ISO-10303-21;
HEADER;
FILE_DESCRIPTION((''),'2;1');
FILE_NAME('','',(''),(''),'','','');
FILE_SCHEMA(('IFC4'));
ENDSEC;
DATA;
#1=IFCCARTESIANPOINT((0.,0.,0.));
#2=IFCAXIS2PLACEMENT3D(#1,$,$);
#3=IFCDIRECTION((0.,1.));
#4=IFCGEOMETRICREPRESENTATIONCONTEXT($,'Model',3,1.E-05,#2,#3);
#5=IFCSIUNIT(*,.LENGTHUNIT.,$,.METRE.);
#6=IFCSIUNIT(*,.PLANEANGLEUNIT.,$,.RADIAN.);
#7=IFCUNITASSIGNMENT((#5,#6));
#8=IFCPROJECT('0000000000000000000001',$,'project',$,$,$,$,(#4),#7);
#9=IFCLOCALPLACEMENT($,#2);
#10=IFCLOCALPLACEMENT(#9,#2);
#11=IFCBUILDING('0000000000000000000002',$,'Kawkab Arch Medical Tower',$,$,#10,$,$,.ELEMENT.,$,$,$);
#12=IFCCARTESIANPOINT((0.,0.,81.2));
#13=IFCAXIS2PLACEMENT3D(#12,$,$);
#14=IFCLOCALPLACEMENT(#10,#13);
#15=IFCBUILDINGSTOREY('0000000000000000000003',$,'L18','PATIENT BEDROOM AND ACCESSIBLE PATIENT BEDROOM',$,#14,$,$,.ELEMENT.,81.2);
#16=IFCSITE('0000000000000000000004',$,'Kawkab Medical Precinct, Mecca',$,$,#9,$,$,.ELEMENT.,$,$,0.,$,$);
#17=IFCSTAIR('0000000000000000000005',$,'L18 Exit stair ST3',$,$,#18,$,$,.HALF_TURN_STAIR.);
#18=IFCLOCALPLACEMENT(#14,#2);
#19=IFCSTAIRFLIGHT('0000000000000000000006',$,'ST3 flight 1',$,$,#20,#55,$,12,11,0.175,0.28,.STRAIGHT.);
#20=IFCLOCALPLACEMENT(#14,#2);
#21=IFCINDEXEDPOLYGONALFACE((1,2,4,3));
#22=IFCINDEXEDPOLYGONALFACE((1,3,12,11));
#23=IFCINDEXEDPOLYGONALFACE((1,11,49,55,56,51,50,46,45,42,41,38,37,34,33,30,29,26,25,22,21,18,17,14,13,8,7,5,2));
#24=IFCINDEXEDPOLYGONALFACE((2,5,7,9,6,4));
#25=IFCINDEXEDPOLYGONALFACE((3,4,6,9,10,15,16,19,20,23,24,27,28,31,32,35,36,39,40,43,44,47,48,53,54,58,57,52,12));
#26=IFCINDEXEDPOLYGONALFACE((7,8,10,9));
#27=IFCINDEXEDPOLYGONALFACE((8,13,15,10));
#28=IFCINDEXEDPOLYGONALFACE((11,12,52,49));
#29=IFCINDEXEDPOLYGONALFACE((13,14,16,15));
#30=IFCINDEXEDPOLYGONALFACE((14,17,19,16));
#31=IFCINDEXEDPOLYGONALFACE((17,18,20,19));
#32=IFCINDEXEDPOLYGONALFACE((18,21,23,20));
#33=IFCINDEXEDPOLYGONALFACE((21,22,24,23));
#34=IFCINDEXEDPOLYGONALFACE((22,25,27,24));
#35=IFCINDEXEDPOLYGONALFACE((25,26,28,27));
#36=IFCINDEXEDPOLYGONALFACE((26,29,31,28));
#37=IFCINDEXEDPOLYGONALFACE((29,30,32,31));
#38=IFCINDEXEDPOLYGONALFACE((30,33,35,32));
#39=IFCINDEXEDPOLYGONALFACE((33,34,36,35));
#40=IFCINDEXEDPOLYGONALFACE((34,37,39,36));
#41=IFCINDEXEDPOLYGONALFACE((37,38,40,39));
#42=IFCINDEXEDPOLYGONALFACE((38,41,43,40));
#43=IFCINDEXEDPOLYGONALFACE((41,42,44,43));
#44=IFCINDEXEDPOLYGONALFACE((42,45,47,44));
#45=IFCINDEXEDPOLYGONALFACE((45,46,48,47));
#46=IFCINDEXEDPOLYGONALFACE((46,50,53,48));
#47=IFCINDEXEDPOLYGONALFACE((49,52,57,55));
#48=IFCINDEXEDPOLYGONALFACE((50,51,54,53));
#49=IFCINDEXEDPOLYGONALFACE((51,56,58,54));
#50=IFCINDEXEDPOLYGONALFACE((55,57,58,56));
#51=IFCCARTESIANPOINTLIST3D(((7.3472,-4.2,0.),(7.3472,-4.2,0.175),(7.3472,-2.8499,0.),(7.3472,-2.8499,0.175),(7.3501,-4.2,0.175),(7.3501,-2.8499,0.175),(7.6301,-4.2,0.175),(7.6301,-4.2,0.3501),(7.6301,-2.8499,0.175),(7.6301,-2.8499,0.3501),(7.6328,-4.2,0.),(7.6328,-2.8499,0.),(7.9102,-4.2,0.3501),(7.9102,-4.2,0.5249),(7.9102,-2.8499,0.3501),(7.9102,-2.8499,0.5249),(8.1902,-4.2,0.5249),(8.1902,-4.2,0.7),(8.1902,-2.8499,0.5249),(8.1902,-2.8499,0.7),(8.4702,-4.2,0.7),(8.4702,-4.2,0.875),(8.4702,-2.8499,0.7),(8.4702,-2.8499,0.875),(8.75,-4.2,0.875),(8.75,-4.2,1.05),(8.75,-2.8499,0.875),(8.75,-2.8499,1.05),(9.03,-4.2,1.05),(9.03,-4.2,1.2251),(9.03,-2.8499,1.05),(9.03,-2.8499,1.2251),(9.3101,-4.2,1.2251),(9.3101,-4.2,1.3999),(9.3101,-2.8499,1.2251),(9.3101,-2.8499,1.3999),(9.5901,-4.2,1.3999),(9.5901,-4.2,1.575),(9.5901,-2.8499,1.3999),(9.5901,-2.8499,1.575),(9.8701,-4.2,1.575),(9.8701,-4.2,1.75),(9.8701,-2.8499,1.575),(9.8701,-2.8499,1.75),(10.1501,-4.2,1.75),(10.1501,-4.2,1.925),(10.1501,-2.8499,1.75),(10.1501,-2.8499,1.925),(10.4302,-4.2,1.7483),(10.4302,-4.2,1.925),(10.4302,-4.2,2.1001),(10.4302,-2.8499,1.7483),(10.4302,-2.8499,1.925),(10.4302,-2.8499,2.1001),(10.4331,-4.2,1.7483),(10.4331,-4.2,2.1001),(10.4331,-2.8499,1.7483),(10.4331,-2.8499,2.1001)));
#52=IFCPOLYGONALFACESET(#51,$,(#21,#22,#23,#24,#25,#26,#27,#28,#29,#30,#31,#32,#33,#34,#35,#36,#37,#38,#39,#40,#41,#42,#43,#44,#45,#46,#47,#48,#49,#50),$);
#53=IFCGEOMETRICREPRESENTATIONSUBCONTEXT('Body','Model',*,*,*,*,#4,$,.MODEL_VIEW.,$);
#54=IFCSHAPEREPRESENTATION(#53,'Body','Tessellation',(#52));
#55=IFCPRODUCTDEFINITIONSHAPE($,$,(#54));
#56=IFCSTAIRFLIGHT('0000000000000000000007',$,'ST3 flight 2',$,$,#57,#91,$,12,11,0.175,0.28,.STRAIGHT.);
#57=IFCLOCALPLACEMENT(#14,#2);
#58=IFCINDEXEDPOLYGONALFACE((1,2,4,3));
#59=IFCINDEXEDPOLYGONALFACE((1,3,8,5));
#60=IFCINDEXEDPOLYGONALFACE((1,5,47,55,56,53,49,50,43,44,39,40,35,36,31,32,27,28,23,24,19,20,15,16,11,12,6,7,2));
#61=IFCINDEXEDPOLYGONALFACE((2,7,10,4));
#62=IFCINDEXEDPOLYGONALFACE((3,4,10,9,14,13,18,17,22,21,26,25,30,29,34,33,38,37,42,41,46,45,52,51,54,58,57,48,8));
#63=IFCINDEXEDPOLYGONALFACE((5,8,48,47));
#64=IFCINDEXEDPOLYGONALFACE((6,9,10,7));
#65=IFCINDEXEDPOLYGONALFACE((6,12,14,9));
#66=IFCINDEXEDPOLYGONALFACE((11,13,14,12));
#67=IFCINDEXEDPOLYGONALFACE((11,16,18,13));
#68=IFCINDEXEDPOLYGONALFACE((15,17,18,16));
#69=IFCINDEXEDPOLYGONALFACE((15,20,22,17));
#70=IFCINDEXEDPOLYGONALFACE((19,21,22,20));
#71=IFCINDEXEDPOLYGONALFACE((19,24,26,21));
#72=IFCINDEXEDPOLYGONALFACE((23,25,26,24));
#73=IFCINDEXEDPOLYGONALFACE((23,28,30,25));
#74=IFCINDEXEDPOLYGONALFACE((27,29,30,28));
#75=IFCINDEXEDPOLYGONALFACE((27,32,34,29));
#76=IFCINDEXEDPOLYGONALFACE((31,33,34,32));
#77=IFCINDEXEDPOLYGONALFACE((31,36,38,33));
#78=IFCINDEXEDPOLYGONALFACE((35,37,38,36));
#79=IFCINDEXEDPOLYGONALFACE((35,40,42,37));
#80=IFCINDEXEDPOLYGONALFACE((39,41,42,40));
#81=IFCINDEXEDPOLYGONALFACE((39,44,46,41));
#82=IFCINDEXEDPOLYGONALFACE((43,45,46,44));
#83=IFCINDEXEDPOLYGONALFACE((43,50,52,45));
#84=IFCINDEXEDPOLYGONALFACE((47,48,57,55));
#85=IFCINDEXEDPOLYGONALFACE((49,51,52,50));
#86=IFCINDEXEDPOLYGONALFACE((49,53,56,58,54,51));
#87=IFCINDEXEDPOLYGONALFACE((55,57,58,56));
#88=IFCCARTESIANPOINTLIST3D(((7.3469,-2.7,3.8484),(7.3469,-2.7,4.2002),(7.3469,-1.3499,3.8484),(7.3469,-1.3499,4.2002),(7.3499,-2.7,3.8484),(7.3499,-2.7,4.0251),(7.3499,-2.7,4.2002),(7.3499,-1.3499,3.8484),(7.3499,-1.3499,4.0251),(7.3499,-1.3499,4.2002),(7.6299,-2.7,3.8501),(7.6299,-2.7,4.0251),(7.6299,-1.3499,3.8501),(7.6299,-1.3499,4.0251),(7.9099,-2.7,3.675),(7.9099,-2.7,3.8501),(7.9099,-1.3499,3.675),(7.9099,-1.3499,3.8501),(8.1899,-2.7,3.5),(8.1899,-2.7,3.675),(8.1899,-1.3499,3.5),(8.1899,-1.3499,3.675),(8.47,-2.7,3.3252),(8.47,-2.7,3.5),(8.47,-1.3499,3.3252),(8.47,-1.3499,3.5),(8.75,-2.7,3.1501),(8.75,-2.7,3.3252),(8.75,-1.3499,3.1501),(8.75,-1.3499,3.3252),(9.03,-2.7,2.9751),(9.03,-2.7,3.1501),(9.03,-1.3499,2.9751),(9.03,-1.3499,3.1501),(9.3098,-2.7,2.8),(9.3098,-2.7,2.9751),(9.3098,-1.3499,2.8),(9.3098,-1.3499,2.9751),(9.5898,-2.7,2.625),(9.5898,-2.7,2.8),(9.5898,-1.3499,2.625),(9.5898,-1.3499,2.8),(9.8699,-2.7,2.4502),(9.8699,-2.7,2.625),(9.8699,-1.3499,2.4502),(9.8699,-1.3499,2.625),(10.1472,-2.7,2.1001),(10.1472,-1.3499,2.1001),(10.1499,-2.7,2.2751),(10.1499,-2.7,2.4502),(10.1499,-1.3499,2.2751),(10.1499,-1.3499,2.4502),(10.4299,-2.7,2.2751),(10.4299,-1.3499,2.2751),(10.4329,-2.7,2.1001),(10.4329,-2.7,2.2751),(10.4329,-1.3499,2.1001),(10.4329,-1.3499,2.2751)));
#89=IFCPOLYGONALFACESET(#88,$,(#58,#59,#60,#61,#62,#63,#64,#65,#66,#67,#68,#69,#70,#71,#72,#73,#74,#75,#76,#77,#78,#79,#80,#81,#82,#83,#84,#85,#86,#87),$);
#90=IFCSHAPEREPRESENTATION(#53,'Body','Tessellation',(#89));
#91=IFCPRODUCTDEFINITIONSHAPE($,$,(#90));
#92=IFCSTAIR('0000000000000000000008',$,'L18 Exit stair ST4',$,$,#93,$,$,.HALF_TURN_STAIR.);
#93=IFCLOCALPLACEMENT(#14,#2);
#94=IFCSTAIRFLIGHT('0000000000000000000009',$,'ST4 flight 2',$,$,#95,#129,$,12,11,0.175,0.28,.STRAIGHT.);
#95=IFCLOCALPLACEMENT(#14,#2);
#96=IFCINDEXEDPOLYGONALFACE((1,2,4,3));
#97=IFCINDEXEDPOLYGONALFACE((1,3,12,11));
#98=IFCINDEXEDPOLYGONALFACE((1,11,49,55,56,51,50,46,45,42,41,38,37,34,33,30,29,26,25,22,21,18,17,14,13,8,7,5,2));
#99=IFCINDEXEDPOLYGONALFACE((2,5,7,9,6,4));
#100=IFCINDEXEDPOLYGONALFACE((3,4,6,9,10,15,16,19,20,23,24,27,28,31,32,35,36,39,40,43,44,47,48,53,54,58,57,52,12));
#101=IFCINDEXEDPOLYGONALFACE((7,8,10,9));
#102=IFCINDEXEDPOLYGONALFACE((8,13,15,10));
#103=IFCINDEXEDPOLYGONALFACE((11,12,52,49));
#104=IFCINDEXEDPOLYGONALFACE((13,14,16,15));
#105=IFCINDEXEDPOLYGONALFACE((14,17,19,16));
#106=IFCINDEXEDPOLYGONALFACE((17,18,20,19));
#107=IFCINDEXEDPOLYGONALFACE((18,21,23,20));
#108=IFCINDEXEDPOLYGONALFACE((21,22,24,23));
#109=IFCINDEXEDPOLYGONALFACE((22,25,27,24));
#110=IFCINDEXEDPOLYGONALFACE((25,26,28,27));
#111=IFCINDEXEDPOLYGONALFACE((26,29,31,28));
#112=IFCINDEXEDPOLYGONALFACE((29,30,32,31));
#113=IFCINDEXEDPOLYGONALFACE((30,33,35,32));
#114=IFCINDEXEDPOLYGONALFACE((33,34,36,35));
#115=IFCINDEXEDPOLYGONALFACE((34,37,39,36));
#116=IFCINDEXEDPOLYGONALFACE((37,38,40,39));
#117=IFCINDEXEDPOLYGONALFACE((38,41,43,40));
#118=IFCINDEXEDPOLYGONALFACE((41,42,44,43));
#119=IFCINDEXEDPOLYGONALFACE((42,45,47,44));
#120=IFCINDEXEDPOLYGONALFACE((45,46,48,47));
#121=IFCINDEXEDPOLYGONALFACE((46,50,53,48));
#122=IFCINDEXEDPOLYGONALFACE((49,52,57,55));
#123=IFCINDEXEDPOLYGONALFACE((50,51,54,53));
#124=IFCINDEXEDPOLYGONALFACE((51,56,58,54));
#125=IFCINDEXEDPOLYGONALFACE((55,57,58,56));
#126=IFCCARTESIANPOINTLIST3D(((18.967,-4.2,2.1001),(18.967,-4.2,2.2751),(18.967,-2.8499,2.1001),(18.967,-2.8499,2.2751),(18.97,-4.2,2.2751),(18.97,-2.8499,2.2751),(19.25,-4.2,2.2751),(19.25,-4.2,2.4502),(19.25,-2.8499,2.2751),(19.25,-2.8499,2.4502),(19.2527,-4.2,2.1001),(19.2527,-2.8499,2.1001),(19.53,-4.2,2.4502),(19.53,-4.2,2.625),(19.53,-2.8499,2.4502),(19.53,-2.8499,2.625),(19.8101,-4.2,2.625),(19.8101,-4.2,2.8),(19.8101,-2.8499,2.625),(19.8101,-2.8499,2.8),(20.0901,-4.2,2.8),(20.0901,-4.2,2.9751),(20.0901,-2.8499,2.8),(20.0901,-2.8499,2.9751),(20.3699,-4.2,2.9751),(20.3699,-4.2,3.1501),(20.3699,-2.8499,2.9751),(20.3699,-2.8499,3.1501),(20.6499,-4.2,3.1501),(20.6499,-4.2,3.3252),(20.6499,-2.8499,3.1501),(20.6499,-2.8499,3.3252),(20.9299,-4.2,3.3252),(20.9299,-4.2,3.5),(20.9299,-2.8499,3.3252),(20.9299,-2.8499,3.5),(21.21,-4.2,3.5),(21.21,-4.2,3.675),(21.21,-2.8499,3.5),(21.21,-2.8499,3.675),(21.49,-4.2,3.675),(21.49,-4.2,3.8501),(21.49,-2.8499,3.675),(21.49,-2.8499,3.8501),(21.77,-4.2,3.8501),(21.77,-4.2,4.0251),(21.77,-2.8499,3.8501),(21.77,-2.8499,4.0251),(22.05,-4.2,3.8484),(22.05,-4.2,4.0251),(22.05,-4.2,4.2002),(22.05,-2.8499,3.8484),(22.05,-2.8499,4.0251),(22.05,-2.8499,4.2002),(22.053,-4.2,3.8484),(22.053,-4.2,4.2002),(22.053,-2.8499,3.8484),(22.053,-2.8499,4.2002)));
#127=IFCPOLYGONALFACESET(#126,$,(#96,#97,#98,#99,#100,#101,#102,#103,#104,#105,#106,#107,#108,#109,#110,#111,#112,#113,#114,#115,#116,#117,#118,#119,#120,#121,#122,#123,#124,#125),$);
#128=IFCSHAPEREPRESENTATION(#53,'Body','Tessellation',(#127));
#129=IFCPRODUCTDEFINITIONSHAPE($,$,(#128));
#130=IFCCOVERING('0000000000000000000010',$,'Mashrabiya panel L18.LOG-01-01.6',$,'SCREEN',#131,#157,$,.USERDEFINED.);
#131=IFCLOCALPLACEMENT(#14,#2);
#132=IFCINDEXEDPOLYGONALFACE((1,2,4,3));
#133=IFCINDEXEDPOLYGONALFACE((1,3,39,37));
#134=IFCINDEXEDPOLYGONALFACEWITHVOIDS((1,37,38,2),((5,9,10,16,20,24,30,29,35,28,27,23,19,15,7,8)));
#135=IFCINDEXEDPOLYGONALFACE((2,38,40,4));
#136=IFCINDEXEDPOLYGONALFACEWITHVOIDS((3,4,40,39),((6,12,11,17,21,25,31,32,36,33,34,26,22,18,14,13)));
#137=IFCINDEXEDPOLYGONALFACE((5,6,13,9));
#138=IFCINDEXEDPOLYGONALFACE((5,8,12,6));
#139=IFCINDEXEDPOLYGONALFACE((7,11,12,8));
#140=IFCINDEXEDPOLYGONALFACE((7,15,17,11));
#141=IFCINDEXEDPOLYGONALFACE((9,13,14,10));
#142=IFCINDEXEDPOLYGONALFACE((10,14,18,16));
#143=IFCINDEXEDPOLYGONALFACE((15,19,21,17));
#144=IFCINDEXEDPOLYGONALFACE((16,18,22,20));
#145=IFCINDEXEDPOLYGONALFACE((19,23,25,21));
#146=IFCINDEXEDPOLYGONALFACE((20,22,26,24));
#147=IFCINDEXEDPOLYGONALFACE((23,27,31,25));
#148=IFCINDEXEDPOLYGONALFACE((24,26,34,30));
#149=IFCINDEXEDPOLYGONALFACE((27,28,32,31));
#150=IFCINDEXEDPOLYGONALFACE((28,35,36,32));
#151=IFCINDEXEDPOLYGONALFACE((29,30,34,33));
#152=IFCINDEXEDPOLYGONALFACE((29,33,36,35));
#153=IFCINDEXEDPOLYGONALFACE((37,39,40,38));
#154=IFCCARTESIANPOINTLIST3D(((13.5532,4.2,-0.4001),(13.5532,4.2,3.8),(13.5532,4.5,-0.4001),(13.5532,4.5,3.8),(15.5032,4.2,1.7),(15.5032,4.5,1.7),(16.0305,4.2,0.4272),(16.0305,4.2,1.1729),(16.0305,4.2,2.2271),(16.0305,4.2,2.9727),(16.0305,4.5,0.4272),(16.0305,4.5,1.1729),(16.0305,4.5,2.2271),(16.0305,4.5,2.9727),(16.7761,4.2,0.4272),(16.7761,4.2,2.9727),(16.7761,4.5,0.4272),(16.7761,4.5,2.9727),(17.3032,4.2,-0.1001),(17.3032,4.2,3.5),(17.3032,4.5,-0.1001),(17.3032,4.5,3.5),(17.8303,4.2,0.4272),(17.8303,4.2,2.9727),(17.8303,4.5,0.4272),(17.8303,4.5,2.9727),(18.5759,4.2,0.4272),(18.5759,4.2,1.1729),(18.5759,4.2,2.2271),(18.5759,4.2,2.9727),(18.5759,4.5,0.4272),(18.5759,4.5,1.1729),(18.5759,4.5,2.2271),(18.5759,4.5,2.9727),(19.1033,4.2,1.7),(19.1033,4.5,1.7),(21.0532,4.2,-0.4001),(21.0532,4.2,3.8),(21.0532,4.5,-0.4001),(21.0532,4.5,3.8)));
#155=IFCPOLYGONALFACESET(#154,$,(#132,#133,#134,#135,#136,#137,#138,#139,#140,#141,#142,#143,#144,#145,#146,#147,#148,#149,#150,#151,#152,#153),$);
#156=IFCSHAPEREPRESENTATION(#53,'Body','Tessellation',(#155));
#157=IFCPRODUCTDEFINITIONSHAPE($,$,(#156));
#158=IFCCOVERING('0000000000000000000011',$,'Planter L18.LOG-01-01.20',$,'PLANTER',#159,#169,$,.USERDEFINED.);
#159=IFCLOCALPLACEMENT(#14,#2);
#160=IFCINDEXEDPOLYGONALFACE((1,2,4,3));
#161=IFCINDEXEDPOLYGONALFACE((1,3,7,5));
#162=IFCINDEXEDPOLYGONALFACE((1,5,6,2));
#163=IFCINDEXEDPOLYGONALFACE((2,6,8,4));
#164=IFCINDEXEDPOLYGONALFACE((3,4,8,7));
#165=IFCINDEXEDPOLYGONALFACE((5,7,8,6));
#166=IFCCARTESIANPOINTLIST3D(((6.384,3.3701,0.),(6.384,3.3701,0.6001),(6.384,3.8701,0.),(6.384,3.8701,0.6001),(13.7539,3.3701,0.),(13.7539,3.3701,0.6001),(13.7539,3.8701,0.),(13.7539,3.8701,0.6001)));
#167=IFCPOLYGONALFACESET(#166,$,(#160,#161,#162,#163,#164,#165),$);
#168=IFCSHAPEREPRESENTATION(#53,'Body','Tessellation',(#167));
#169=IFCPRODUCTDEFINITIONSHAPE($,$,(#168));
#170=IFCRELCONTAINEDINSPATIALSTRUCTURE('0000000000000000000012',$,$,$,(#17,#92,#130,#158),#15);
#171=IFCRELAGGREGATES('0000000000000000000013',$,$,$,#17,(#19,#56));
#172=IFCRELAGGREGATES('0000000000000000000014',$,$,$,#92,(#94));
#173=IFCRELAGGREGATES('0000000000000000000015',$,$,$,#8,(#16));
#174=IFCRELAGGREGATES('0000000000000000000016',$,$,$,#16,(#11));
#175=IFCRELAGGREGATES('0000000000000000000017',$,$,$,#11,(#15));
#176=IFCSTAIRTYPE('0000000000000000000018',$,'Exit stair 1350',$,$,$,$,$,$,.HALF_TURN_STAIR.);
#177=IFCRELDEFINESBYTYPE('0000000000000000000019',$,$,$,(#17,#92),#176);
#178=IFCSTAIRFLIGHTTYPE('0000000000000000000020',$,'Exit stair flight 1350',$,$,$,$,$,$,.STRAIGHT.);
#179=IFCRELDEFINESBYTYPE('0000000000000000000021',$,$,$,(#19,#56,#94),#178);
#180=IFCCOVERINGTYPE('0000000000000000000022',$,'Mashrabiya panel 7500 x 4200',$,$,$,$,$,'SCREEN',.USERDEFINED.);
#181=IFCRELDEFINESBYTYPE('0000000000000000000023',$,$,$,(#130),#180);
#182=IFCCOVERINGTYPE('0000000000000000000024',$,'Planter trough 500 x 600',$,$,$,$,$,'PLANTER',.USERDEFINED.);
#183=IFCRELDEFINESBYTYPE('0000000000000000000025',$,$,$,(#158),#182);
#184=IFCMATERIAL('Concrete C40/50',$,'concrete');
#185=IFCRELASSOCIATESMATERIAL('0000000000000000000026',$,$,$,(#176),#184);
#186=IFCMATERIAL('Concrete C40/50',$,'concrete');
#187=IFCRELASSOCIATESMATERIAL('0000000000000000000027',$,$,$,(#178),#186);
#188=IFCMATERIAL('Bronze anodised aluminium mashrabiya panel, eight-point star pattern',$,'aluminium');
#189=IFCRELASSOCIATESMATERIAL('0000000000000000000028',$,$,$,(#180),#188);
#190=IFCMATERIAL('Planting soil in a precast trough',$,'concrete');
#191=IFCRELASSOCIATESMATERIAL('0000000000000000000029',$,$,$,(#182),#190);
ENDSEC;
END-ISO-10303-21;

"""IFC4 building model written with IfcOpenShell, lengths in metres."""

from ifc_helpers import new_model, si_unit, direction, frame, origin, origin_2d, place, context, subcontext, project, spatial, polyline, rectangle, outline, extrude, material, material_profile, profile_set, type_object, element, aggregate, save


model = new_model("IFC4")

# Units and contexts
model_context = context("Model", 3, precision=1e-05, world=origin(), true_north=direction((0.0, 1.0)))
body_context = subcontext(model_context, "Body", "Model", "MODEL_VIEW")
ifc_project = project(units=[si_unit("LENGTHUNIT", "METRE"), si_unit("PLANEANGLEUNIT", "RADIAN")], contexts=[model_context])

# Site, building, storey
site_placement = place(None, origin())
site = spatial("IfcSite", under=ifc_project, at=site_placement, Name="Kawkab Medical Precinct, Mecca", CompositionType="ELEMENT", RefElevation=0.0)
building_placement = place(site_placement, origin())
building = spatial("IfcBuilding", under=site, at=building_placement, Name="Kawkab Arch Medical Tower", CompositionType="ELEMENT")
storey_placement = place(building_placement, frame((0.0, 0.0, 81.2)))
storey = spatial("IfcBuildingStorey", under=building, at=storey_placement, Name="L18", Description="PATIENT BEDROOM AND ACCESSIBLE PATIENT BEDROOM", CompositionType="ELEMENT", Elevation=81.2)

# Shared definitions
placement = place(storey_placement, origin())

# Stair, stair flights
ifc_material_1 = material(Name="Concrete C40/50", Category="concrete")
stair_type = type_object("IfcStairType", Name="Exit stair 1350", PredefinedType="HALF_TURN_STAIR", material=ifc_material_1)
stair_1 = element("IfcStair", 1, at=placement, inside=storey, type_object=stair_type, Name="L18 Exit stair ST3", PredefinedType="HALF_TURN_STAIR")
ifc_material_2 = material(Name="Concrete C40/50", Category="concrete")
stair_flight_type = type_object("IfcStairFlightType", Name="Exit stair flight 1350", PredefinedType="STRAIGHT", material=ifc_material_2)
stair_flight_1_placement = place(storey_placement, frame((7.3501, -3.5249, 0.0), z_axis=(0.0, 0.0, 1.0), x_axis=(1.0, 0.0, 0.0)))
stair_flight_1 = element("IfcStairFlight", 2, at=stair_flight_1_placement, type_object=stair_flight_type, Name="ST3 flight 1", NumberOfRisers=12, NumberOfTreads=11, PredefinedType="STRAIGHT", RiserHeight=0.175, TreadLength=0.28, context=body_context, shape_type="SweptSolid", body=[
    extrude(outline(polyline([(-0.0029, 0.0), (-0.0029, 0.175), (0.0, 0.175), (0.28, 0.175), (0.28, 0.3501), (0.5601, 0.3501), (0.5601, 0.5249), (0.8401, 0.5249), (0.8401, 0.7), (1.1201, 0.7), (1.1201, 0.875), (1.3999, 0.875), (1.3999, 1.05), (1.6799, 1.05), (1.6799, 1.2251), (1.96, 1.2251), (1.96, 1.3999), (2.24, 1.3999), (2.24, 1.575), (2.52, 1.575), (2.52, 1.75), (2.8, 1.75), (2.8, 1.925), (3.0801, 1.925), (3.0801, 2.1001), (3.083, 2.1001), (3.083, 1.7483), (3.0801, 1.7483), (0.2827, 0.0), (-0.0029, 0.0)])), frame((0.0, 0.675, 0.0), z_axis=(0.0, -1.0, 0.0), x_axis=(1.0, 0.0, 0.0)), (0.0, 0.0, 1.0), 1.3501),
])
stair_flight_2_placement = place(storey_placement, frame((10.4299, -2.0249, 2.1001), z_axis=(0.0, 0.0, 1.0), x_axis=(-1.0, 0.0, 0.0)))
stair_flight_2 = element("IfcStairFlight", 3, at=stair_flight_2_placement, type_object=stair_flight_type, Name="ST3 flight 2", NumberOfRisers=12, NumberOfTreads=11, PredefinedType="STRAIGHT", RiserHeight=0.175, TreadLength=0.28, context=body_context, shape_type="SweptSolid", body=[
    extrude(outline(polyline([(-0.0029, 0.0), (-0.0029, 0.175), (0.0, 0.175), (0.28, 0.175), (0.28, 0.3501), (0.5601, 0.3501), (0.5601, 0.5249), (0.8401, 0.5249), (0.8401, 0.7), (1.1201, 0.7), (1.1201, 0.875), (1.3999, 0.875), (1.3999, 1.05), (1.6799, 1.05), (1.6799, 1.2251), (1.96, 1.2251), (1.96, 1.3999), (2.24, 1.3999), (2.24, 1.575), (2.52, 1.575), (2.52, 1.75), (2.8, 1.75), (2.8, 1.925), (3.0801, 1.925), (3.0801, 2.1001), (3.083, 2.1001), (3.083, 1.7483), (3.0801, 1.7483), (0.2827, 0.0), (-0.0029, 0.0)])), frame((0.0, 0.675, 0.0), z_axis=(0.0, -1.0, 0.0), x_axis=(1.0, 0.0, 0.0)), (0.0, 0.0, 1.0), 1.3501),
])
aggregate(stair_1, [stair_flight_1, stair_flight_2])

# Stair, stair flight
stair_2 = element("IfcStair", 4, at=placement, inside=storey, type_object=stair_type, Name="L18 Exit stair ST4", PredefinedType="HALF_TURN_STAIR")
stair_flight_3_placement = place(storey_placement, frame((18.97, -3.5249, 2.1001), z_axis=(0.0, 0.0, 1.0), x_axis=(1.0, 0.0, 0.0)))
stair_flight_3 = element("IfcStairFlight", 5, at=stair_flight_3_placement, type_object=stair_flight_type, Name="ST4 flight 2", NumberOfRisers=12, NumberOfTreads=11, PredefinedType="STRAIGHT", RiserHeight=0.175, TreadLength=0.28, context=body_context, shape_type="SweptSolid", body=[
    extrude(outline(polyline([(-0.0029, 0.0), (-0.0029, 0.175), (0.0, 0.175), (0.28, 0.175), (0.28, 0.3501), (0.5601, 0.3501), (0.5601, 0.5249), (0.8401, 0.5249), (0.8401, 0.7), (1.1201, 0.7), (1.1201, 0.875), (1.3999, 0.875), (1.3999, 1.05), (1.6799, 1.05), (1.6799, 1.2251), (1.96, 1.2251), (1.96, 1.3999), (2.24, 1.3999), (2.24, 1.575), (2.52, 1.575), (2.52, 1.75), (2.8, 1.75), (2.8, 1.925), (3.0801, 1.925), (3.0801, 2.1001), (3.083, 2.1001), (3.083, 1.7483), (3.0801, 1.7483), (0.2827, 0.0), (-0.0029, 0.0)])), frame((0.0, 0.675, 0.0), z_axis=(0.0, -1.0, 0.0), x_axis=(1.0, 0.0, 0.0)), (0.0, 0.0, 1.0), 1.3501),
])
aggregate(stair_2, [stair_flight_3])

# Coverings
ifc_material_3 = material(Name="Bronze anodised aluminium mashrabiya panel, eight-point star pattern", Category="aluminium")
ifc_material_profile_1 = material_profile(ifc_material_3, outline(polyline([(-3.75, -2.1001), (3.75, -2.1001), (3.75, 2.1001), (-3.75, 2.1001), (-3.75, -2.1001)]), holes=[polyline([(1.8, 0.0), (1.2727, 0.5271), (1.2727, 1.2727), (0.5271, 1.2727), (0.0, 1.8), (-0.5271, 1.2727), (-1.2727, 1.2727), (-1.2727, 0.5271), (-1.8, 0.0), (-1.2727, -0.5271), (-1.2727, -1.2727), (-0.5271, -1.2727), (0.0, -1.8), (0.5271, -1.2727), (1.2727, -1.2727), (1.2727, -0.5271), (1.8, 0.0)])]), Name="Mashrabiya panel 7500x4200")
ifc_profile_set_1 = profile_set([ifc_material_profile_1], Name="Bronze anodised aluminium mashrabiya panel, eight-point star pattern")
covering_type_1 = type_object("IfcCoveringType", Name="Mashrabiya panel 7500 x 4200", ElementType="SCREEN", PredefinedType="USERDEFINED", material=ifc_profile_set_1)
covering_1_placement = place(storey_placement, frame((17.3032, 4.2, 1.7), z_axis=(0.0, 1.0, 0.0), x_axis=(-1.0, 0.0, 0.0)))
element("IfcCovering", 6, at=covering_1_placement, inside=storey, type_object=covering_type_1, Name="Mashrabiya panel L18.LOG-01-01.6", ObjectType="SCREEN", PredefinedType="USERDEFINED", context=body_context, shape_type="SweptSolid", body=[
    extrude(outline(polyline([(-3.75, -2.1001), (3.75, -2.1001), (3.75, 2.1001), (-3.75, 2.1001), (-3.75, -2.1001)]), holes=[polyline([(1.8, 0.0), (1.2727, 0.5271), (1.2727, 1.2727), (0.5271, 1.2727), (0.0, 1.8), (-0.5271, 1.2727), (-1.2727, 1.2727), (-1.2727, 0.5271), (-1.8, 0.0), (-1.2727, -0.5271), (-1.2727, -1.2727), (-0.5271, -1.2727), (0.0, -1.8), (0.5271, -1.2727), (1.2727, -1.2727), (1.2727, -0.5271), (1.8, 0.0)])]), origin(), (0.0, 0.0, 1.0), 0.3),
])
ifc_material_4 = material(Name="Planting soil in a precast trough", Category="concrete")
ifc_material_profile_2 = material_profile(ifc_material_4, rectangle(XDim=0.5, YDim=0.6001, at=origin_2d()), Name="Trough 500x600")
ifc_profile_set_2 = profile_set([ifc_material_profile_2], Name="Planting soil in a precast trough")
covering_type_2 = type_object("IfcCoveringType", Name="Planter trough 500 x 600", ElementType="PLANTER", PredefinedType="USERDEFINED", material=ifc_profile_set_2)
covering_2_placement = place(storey_placement, frame((6.384, 3.6201, 0.3), z_axis=(1.0, 0.0, 0.0), x_axis=(0.0, 1.0, 0.0)))
element("IfcCovering", 7, at=covering_2_placement, inside=storey, type_object=covering_type_2, Name="Planter L18.LOG-01-01.20", ObjectType="PLANTER", PredefinedType="USERDEFINED", context=body_context, shape_type="SweptSolid", body=[
    extrude(rectangle(XDim=0.5, YDim=0.6001, at=origin_2d()), origin(), (0.0, 0.0, 1.0), 7.3699),
])

save(model, "model.ifc")
